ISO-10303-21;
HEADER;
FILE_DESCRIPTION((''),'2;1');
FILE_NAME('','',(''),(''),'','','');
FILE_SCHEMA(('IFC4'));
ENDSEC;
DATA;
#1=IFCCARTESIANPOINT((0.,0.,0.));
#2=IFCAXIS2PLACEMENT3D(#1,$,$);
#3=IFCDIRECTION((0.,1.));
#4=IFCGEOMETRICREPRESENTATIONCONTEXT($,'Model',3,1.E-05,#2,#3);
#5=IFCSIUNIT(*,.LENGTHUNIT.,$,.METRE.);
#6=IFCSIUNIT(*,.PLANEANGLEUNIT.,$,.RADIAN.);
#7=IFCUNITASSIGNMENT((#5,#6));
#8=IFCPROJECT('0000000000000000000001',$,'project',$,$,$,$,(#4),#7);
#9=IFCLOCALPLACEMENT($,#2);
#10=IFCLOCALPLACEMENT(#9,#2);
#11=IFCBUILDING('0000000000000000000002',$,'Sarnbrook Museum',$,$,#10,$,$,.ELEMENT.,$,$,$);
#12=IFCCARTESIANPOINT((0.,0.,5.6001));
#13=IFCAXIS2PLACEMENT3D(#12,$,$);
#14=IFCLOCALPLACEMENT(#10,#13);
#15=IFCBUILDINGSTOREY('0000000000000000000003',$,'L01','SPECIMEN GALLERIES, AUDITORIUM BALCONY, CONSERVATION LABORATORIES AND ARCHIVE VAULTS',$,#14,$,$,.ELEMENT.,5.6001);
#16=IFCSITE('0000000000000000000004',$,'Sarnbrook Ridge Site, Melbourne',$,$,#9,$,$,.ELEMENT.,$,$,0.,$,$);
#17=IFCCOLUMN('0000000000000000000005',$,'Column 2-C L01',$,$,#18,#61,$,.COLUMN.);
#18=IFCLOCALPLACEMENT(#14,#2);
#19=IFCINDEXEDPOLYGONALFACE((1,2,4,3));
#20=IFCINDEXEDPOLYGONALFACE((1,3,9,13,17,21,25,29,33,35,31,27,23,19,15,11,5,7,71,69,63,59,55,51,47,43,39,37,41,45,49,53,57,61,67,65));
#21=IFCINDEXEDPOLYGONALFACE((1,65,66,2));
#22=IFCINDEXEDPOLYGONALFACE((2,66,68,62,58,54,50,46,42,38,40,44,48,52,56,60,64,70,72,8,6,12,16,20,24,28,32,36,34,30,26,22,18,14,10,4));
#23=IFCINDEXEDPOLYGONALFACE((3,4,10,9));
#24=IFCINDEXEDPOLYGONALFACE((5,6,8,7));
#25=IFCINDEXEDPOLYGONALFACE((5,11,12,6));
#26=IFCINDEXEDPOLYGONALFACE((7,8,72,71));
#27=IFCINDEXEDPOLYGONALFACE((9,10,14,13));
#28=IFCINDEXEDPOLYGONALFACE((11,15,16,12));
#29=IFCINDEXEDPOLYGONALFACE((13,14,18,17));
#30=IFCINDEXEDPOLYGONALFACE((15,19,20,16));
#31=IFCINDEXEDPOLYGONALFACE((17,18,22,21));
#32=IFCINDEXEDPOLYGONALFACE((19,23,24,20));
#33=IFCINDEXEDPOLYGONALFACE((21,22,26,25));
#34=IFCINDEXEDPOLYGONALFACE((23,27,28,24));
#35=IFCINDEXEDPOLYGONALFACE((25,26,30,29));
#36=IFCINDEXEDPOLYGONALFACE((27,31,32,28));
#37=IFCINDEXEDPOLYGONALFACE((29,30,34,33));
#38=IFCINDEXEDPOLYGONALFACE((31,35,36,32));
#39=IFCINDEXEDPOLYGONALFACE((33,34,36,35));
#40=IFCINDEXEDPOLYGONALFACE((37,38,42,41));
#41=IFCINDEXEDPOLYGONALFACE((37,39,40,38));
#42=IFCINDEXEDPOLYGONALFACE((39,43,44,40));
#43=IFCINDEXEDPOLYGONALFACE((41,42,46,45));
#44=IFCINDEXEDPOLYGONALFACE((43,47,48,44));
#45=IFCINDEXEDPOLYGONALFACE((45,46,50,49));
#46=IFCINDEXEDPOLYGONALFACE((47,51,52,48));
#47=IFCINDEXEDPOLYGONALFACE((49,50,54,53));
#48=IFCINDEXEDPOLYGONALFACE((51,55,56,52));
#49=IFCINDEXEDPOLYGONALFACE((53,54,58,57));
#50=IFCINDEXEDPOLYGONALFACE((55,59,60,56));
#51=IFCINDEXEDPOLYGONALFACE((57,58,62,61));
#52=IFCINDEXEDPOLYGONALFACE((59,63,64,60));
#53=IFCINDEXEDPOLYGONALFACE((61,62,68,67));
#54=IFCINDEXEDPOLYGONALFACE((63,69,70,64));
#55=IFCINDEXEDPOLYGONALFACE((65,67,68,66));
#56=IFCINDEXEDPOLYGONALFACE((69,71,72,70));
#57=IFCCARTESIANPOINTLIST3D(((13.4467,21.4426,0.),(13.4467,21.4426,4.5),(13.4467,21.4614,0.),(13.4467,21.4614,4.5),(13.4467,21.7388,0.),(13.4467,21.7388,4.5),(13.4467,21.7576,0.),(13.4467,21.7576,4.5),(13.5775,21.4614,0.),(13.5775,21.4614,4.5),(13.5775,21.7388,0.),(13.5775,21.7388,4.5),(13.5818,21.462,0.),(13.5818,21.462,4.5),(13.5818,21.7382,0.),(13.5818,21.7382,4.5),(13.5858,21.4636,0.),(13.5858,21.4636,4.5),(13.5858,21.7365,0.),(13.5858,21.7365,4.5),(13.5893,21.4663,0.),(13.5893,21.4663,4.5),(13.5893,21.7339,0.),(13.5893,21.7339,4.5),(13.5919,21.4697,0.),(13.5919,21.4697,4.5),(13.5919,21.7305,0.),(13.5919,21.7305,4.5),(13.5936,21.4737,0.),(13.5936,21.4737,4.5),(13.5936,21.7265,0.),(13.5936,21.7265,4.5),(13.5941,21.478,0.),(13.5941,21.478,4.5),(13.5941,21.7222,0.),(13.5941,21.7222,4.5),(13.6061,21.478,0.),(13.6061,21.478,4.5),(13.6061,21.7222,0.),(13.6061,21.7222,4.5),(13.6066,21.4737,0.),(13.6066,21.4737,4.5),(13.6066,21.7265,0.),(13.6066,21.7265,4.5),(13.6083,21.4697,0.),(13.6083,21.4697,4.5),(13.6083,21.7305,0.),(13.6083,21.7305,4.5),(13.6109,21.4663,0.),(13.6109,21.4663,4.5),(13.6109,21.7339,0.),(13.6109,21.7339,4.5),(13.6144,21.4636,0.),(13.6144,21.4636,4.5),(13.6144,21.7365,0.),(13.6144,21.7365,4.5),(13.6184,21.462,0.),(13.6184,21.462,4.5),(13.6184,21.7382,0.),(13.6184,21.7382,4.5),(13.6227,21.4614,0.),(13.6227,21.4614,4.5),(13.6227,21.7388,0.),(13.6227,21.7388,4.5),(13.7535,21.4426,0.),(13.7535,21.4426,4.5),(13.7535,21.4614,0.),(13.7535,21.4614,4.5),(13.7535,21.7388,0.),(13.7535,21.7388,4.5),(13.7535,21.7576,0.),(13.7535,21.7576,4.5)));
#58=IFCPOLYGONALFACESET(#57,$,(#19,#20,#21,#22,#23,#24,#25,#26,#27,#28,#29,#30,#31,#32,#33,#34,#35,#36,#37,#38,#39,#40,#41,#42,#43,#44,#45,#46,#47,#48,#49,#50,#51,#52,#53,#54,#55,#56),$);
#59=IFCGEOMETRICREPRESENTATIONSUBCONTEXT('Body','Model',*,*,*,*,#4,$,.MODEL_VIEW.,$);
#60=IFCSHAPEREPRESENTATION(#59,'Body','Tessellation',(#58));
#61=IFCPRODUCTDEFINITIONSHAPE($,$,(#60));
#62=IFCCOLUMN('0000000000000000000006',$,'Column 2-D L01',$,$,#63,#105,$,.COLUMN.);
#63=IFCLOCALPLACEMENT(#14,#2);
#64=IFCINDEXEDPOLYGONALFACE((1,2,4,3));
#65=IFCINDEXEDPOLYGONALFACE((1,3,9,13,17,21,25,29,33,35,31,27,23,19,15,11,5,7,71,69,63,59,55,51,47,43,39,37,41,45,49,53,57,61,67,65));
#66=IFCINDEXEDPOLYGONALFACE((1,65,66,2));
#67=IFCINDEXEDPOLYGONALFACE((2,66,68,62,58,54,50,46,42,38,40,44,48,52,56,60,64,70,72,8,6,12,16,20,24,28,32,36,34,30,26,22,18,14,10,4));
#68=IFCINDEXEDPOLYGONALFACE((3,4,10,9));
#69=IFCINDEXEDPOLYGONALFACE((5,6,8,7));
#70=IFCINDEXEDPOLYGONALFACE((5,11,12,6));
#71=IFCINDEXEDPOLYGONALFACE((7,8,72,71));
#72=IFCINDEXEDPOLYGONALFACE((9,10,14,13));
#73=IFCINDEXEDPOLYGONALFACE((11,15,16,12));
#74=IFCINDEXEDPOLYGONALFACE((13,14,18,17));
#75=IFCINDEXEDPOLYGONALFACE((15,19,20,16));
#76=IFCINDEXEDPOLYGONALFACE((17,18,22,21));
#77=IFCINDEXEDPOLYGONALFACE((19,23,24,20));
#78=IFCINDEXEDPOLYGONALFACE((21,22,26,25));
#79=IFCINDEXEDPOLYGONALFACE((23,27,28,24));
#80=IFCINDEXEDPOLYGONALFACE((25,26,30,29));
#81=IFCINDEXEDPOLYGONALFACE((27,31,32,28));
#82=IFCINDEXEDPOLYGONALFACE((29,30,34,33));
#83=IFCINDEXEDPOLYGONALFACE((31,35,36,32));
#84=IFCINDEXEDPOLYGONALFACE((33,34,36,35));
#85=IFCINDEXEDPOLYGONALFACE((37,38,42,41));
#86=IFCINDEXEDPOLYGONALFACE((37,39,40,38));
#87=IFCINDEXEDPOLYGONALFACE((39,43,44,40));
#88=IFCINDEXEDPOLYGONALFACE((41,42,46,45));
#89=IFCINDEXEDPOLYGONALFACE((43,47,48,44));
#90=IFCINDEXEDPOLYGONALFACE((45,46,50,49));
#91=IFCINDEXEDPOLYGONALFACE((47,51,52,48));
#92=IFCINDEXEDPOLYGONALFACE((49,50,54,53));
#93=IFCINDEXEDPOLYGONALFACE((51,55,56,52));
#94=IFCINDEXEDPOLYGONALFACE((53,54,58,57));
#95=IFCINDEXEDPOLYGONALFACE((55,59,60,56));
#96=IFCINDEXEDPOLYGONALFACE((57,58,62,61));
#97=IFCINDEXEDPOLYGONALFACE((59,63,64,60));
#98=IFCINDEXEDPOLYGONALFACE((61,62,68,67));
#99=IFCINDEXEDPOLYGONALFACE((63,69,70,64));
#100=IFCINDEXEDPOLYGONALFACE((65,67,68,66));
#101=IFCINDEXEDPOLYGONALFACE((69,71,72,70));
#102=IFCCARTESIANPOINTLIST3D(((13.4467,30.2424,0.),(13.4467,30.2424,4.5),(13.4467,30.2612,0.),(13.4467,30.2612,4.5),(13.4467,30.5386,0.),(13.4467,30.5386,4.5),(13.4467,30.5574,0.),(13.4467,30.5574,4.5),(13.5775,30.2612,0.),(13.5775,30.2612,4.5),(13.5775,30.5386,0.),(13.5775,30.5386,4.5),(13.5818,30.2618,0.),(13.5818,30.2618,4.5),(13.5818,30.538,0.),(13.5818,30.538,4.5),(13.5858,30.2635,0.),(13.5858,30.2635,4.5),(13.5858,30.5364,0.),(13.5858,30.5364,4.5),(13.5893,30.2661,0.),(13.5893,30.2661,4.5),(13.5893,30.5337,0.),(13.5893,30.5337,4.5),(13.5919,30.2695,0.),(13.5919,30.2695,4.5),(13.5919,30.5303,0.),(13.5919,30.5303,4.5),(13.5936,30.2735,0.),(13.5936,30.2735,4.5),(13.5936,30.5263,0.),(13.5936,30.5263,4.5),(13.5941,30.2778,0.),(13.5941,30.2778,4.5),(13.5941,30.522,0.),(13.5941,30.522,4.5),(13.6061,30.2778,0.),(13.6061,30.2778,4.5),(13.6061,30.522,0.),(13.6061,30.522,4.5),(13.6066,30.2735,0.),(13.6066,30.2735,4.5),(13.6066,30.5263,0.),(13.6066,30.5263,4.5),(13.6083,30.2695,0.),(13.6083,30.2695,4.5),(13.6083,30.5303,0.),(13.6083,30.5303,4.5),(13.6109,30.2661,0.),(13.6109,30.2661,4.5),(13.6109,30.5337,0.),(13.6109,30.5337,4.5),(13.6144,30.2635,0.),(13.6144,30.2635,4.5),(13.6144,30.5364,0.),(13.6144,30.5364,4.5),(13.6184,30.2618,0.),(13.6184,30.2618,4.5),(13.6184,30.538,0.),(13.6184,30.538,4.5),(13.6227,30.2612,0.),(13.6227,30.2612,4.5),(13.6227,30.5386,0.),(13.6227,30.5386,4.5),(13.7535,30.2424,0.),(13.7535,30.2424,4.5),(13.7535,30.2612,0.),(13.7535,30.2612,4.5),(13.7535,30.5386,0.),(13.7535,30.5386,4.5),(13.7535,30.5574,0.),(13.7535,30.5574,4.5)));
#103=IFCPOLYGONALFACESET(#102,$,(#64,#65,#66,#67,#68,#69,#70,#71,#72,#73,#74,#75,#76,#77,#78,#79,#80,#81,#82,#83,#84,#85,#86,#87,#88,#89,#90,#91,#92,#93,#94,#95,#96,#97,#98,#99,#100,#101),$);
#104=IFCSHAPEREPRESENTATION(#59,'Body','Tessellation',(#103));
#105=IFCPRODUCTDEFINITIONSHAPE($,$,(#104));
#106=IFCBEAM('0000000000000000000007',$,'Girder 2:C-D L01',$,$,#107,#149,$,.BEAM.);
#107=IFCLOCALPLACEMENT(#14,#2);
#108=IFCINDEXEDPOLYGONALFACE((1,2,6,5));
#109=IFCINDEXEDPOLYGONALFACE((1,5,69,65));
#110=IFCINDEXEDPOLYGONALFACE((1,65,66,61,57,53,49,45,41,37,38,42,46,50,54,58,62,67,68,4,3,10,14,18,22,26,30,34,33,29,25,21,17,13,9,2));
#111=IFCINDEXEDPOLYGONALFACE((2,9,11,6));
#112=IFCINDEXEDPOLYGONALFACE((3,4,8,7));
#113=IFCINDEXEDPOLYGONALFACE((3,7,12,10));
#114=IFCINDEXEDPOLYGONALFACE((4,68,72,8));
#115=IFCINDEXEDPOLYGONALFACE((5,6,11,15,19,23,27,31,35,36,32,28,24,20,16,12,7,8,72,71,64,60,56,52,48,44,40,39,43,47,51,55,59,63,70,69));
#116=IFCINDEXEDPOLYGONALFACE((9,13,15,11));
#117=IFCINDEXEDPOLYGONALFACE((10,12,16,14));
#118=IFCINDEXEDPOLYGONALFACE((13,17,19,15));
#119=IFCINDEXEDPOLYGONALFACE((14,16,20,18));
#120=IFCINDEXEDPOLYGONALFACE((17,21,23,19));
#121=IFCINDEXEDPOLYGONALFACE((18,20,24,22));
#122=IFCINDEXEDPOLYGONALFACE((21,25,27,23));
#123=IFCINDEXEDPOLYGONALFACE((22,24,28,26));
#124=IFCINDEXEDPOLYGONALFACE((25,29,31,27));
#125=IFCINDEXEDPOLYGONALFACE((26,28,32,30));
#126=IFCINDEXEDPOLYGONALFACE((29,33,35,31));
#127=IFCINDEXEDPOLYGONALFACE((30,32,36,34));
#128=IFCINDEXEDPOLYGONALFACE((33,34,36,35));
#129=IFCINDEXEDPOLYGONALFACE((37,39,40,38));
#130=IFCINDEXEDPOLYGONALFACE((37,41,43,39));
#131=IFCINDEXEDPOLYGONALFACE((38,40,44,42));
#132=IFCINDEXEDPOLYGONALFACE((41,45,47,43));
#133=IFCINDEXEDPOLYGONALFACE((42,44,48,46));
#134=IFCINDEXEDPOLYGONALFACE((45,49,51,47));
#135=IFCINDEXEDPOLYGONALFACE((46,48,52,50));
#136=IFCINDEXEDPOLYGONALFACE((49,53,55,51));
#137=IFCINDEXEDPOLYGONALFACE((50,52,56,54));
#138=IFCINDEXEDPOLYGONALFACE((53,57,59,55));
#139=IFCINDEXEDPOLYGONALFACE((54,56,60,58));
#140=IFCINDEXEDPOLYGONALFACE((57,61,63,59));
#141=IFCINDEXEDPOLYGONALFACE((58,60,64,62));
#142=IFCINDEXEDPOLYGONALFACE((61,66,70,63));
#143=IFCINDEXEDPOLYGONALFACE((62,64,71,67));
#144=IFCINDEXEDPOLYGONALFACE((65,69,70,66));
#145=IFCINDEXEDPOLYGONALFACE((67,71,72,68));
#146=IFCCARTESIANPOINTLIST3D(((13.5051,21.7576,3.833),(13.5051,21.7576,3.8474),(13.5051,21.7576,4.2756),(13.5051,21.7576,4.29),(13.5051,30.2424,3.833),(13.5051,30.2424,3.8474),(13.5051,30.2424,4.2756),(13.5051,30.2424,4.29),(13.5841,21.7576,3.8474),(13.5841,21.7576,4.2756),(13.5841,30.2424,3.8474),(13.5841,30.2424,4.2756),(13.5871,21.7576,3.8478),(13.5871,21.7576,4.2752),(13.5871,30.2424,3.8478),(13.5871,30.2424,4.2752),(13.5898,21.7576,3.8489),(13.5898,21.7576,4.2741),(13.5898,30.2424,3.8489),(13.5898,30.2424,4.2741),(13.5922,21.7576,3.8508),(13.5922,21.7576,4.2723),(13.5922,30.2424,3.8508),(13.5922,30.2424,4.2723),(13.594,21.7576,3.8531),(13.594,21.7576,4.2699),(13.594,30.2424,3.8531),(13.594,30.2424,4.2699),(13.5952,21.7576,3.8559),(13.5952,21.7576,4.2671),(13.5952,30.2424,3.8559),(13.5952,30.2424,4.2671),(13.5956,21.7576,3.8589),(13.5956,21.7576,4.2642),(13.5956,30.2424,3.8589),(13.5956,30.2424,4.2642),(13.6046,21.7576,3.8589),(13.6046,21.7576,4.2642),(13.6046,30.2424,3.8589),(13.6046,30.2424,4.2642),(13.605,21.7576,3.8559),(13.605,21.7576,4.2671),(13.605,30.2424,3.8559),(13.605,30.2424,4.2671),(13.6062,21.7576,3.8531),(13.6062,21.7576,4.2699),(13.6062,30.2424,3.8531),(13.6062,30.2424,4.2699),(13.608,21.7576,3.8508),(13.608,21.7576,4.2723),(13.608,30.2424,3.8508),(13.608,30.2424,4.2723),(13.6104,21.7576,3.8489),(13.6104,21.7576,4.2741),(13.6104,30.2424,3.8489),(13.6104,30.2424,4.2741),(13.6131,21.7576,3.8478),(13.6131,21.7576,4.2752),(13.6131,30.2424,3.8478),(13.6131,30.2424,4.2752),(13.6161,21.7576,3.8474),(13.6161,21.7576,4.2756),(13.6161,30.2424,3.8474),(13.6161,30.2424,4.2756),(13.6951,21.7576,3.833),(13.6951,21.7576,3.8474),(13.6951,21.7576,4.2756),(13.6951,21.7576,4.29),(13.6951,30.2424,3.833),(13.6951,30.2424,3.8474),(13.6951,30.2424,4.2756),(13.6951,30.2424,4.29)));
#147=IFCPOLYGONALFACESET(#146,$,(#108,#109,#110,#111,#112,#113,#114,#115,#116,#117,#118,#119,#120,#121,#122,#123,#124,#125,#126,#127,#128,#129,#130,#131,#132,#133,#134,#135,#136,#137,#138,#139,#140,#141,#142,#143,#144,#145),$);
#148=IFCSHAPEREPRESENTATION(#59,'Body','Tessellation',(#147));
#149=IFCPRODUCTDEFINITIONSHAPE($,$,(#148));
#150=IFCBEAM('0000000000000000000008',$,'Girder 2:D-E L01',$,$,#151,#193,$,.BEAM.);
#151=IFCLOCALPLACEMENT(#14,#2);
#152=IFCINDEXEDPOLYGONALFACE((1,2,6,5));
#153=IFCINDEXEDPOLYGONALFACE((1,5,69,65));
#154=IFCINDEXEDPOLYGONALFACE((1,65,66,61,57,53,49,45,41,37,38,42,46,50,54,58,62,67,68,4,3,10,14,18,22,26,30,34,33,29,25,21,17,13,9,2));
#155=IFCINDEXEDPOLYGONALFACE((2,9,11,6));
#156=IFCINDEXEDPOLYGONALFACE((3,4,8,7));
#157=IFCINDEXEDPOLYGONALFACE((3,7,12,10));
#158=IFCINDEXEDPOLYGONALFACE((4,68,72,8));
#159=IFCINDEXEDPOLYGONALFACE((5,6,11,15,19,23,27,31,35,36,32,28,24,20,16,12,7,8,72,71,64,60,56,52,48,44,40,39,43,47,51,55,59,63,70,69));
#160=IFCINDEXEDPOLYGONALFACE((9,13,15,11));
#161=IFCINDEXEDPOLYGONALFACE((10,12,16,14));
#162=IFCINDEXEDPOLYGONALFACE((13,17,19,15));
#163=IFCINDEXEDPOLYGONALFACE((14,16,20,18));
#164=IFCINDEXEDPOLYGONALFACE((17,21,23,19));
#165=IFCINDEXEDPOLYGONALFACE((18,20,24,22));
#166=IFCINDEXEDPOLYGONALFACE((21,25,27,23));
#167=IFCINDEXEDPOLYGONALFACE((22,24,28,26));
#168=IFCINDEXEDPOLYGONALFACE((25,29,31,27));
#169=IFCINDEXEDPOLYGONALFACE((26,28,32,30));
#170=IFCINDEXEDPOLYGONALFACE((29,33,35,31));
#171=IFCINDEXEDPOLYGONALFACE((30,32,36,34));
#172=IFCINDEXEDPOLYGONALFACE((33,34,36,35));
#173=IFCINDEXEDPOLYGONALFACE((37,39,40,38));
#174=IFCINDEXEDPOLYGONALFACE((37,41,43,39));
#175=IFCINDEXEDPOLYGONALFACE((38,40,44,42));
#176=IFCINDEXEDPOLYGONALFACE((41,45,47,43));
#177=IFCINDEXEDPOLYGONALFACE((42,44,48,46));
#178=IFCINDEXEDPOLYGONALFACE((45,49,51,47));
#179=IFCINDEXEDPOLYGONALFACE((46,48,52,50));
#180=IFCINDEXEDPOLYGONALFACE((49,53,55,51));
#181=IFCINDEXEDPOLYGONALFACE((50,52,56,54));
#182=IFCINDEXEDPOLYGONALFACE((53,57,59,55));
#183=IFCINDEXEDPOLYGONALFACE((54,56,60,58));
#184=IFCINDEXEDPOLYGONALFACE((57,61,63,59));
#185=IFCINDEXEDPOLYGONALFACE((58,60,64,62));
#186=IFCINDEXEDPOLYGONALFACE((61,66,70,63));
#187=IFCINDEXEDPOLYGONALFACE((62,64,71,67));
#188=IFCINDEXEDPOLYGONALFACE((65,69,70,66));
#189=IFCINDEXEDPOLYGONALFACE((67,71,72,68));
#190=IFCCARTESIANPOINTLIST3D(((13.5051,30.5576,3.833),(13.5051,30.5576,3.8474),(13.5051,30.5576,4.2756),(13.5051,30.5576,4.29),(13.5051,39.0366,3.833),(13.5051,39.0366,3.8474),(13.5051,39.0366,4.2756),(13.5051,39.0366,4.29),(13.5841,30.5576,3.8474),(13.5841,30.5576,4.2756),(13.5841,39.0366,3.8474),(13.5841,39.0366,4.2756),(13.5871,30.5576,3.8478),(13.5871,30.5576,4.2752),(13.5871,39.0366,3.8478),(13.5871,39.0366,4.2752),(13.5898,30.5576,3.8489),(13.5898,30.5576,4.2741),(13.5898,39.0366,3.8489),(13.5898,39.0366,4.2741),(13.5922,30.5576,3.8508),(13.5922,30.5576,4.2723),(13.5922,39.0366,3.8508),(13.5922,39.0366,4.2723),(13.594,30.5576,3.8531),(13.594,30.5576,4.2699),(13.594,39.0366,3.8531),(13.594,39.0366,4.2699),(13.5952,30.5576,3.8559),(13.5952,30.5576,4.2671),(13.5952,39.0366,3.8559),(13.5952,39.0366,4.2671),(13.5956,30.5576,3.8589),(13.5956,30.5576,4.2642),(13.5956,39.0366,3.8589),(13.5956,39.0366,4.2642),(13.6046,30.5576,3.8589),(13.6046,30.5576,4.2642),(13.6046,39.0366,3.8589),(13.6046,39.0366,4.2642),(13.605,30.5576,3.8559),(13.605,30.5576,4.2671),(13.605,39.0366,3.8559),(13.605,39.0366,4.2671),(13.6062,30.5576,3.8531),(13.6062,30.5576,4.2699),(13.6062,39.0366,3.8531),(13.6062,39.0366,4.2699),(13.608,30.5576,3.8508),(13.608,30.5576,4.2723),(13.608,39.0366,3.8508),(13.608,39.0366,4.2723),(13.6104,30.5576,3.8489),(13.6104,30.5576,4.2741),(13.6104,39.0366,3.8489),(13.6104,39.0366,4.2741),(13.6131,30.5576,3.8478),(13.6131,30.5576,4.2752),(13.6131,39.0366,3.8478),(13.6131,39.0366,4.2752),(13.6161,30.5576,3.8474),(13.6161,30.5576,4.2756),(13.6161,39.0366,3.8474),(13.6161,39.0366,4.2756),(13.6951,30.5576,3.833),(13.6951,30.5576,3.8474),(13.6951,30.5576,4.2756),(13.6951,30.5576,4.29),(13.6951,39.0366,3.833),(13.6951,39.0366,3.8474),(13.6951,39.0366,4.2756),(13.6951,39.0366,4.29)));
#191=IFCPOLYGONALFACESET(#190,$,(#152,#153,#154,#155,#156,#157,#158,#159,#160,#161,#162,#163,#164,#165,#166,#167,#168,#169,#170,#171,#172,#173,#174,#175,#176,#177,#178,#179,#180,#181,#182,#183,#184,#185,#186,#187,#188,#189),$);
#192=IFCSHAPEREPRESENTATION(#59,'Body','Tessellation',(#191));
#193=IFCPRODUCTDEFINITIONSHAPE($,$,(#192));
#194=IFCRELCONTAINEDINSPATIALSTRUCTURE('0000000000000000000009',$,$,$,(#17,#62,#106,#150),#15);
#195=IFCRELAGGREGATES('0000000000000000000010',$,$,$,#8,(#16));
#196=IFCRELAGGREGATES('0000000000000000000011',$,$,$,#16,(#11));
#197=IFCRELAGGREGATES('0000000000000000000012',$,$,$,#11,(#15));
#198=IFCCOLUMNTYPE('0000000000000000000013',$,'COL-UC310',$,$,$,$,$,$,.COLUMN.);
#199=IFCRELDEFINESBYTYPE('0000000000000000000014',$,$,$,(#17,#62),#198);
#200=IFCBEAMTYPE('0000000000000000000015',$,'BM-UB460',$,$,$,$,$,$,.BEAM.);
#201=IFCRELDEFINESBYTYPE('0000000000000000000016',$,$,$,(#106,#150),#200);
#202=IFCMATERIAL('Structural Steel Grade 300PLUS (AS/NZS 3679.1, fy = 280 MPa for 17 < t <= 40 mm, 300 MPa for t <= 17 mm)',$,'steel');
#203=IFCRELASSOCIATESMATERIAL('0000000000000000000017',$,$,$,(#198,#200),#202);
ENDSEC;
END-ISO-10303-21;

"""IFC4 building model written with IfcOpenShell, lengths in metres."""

from ifc_helpers import new_model, si_unit, direction, frame, origin, origin_2d, place, context, subcontext, project, spatial, i_section, extrude, material, material_profile, profile_set, type_object, element, save


model = new_model("IFC4")

# Units and contexts
model_context = context("Model", 3, precision=1e-05, world=origin(), true_north=direction((0.0, 1.0)))
body_context = subcontext(model_context, "Body", "Model", "MODEL_VIEW")
ifc_project = project(units=[si_unit("LENGTHUNIT", "METRE"), si_unit("PLANEANGLEUNIT", "RADIAN")], contexts=[model_context])

# Site, building, storey
site_placement = place(None, origin())
site = spatial("IfcSite", under=ifc_project, at=site_placement, Name="Sarnbrook Ridge Site, Melbourne", CompositionType="ELEMENT", RefElevation=0.0)
building_placement = place(site_placement, origin())
building = spatial("IfcBuilding", under=site, at=building_placement, Name="Sarnbrook Museum", CompositionType="ELEMENT")
storey_placement = place(building_placement, frame((0.0, 0.0, 5.6001)))
storey = spatial("IfcBuildingStorey", under=building, at=storey_placement, Name="L01", Description="SPECIMEN GALLERIES, AUDITORIUM BALCONY, CONSERVATION LABORATORIES AND ARCHIVE VAULTS", CompositionType="ELEMENT", Elevation=5.6001)

# Columns
ifc_material_1 = material(Name="Structural Steel Grade 300PLUS (AS/NZS 3679.1, fy = 280 MPa for 17 < t <= 40 mm, 300 MPa for t <= 17 mm)", Category="steel")
ifc_material_profile_1 = material_profile(ifc_material_1, i_section(OverallWidth=0.3069, OverallDepth=0.3149, WebThickness=0.012, FlangeThickness=0.0188, FilletRadius=0.0166, at=origin_2d()), Name="310UC118")
ifc_profile_set_1 = profile_set([ifc_material_profile_1], Name="Structural Steel Grade 300PLUS (AS/NZS 3679.1, fy = 280 MPa for 17 < t <= 40 mm, 300 MPa for t <= 17 mm)")
column_type = type_object("IfcColumnType", Name="COL-UC310", PredefinedType="COLUMN", material=ifc_profile_set_1)
for number, where, z_axis, x_axis, name in (
    (1, (13.6001, 21.6001, 0.0), (0.0, 0.0, 1.0), (1.0, 0.0, 0.0), "Column 2-C L01"),
    (2, (13.6001, 30.3999, 0.0), (0.0, 0.0, 1.0), (1.0, 0.0, 0.0), "Column 2-D L01"),
):
    element("IfcColumn", number, at=place(storey_placement, frame(where, z_axis=z_axis, x_axis=x_axis)), inside=storey, type_object=column_type, Name=name, PredefinedType="COLUMN", context=body_context, shape_type="SweptSolid", body=[
        extrude(i_section(OverallWidth=0.3069, OverallDepth=0.3149, WebThickness=0.012, FlangeThickness=0.0188, FilletRadius=0.0166, at=origin_2d()), origin(), (0.0, 0.0, 1.0), 4.5),
    ])

# Beams
ifc_material_profile_2 = material_profile(ifc_material_1, i_section(OverallWidth=0.1899, OverallDepth=0.457, WebThickness=0.009, FlangeThickness=0.0144, FilletRadius=0.0115, at=origin_2d()), Name="460UB74.6")
ifc_profile_set_2 = profile_set([ifc_material_profile_2], Name="Structural Steel Grade 300PLUS (AS/NZS 3679.1, fy = 280 MPa for 17 < t <= 40 mm, 300 MPa for t <= 17 mm)")
beam_type_1 = type_object("IfcBeamType", Name="BM-UB460", PredefinedType="BEAM", material=ifc_profile_set_2)
beam_1_placement = place(storey_placement, frame((13.6001, 21.7576, 4.0615), z_axis=(0.0, 1.0, 0.0), x_axis=(-1.0, 0.0, 0.0)))
element("IfcBeam", 3, at=beam_1_placement, inside=storey, type_object=beam_type_1, Name="Girder 2:C-D L01", PredefinedType="BEAM", context=body_context, shape_type="SweptSolid", body=[
    extrude(i_section(OverallWidth=0.1899, OverallDepth=0.457, WebThickness=0.009, FlangeThickness=0.0144, FilletRadius=0.0115, at=origin_2d()), origin(), (0.0, 0.0, 1.0), 8.4849),
])
beam_2_placement = place(storey_placement, frame((13.6001, 30.5576, 4.0615), z_axis=(0.0, 1.0, 0.0), x_axis=(-1.0, 0.0, 0.0)))
element("IfcBeam", 4, at=beam_2_placement, inside=storey, type_object=beam_type_1, Name="Girder 2:D-E L01", PredefinedType="BEAM", context=body_context, shape_type="SweptSolid", body=[
    extrude(i_section(OverallWidth=0.1899, OverallDepth=0.457, WebThickness=0.009, FlangeThickness=0.0144, FilletRadius=0.0115, at=origin_2d()), origin(), (0.0, 0.0, 1.0), 8.479),
])

save(model, "model.ifc")
